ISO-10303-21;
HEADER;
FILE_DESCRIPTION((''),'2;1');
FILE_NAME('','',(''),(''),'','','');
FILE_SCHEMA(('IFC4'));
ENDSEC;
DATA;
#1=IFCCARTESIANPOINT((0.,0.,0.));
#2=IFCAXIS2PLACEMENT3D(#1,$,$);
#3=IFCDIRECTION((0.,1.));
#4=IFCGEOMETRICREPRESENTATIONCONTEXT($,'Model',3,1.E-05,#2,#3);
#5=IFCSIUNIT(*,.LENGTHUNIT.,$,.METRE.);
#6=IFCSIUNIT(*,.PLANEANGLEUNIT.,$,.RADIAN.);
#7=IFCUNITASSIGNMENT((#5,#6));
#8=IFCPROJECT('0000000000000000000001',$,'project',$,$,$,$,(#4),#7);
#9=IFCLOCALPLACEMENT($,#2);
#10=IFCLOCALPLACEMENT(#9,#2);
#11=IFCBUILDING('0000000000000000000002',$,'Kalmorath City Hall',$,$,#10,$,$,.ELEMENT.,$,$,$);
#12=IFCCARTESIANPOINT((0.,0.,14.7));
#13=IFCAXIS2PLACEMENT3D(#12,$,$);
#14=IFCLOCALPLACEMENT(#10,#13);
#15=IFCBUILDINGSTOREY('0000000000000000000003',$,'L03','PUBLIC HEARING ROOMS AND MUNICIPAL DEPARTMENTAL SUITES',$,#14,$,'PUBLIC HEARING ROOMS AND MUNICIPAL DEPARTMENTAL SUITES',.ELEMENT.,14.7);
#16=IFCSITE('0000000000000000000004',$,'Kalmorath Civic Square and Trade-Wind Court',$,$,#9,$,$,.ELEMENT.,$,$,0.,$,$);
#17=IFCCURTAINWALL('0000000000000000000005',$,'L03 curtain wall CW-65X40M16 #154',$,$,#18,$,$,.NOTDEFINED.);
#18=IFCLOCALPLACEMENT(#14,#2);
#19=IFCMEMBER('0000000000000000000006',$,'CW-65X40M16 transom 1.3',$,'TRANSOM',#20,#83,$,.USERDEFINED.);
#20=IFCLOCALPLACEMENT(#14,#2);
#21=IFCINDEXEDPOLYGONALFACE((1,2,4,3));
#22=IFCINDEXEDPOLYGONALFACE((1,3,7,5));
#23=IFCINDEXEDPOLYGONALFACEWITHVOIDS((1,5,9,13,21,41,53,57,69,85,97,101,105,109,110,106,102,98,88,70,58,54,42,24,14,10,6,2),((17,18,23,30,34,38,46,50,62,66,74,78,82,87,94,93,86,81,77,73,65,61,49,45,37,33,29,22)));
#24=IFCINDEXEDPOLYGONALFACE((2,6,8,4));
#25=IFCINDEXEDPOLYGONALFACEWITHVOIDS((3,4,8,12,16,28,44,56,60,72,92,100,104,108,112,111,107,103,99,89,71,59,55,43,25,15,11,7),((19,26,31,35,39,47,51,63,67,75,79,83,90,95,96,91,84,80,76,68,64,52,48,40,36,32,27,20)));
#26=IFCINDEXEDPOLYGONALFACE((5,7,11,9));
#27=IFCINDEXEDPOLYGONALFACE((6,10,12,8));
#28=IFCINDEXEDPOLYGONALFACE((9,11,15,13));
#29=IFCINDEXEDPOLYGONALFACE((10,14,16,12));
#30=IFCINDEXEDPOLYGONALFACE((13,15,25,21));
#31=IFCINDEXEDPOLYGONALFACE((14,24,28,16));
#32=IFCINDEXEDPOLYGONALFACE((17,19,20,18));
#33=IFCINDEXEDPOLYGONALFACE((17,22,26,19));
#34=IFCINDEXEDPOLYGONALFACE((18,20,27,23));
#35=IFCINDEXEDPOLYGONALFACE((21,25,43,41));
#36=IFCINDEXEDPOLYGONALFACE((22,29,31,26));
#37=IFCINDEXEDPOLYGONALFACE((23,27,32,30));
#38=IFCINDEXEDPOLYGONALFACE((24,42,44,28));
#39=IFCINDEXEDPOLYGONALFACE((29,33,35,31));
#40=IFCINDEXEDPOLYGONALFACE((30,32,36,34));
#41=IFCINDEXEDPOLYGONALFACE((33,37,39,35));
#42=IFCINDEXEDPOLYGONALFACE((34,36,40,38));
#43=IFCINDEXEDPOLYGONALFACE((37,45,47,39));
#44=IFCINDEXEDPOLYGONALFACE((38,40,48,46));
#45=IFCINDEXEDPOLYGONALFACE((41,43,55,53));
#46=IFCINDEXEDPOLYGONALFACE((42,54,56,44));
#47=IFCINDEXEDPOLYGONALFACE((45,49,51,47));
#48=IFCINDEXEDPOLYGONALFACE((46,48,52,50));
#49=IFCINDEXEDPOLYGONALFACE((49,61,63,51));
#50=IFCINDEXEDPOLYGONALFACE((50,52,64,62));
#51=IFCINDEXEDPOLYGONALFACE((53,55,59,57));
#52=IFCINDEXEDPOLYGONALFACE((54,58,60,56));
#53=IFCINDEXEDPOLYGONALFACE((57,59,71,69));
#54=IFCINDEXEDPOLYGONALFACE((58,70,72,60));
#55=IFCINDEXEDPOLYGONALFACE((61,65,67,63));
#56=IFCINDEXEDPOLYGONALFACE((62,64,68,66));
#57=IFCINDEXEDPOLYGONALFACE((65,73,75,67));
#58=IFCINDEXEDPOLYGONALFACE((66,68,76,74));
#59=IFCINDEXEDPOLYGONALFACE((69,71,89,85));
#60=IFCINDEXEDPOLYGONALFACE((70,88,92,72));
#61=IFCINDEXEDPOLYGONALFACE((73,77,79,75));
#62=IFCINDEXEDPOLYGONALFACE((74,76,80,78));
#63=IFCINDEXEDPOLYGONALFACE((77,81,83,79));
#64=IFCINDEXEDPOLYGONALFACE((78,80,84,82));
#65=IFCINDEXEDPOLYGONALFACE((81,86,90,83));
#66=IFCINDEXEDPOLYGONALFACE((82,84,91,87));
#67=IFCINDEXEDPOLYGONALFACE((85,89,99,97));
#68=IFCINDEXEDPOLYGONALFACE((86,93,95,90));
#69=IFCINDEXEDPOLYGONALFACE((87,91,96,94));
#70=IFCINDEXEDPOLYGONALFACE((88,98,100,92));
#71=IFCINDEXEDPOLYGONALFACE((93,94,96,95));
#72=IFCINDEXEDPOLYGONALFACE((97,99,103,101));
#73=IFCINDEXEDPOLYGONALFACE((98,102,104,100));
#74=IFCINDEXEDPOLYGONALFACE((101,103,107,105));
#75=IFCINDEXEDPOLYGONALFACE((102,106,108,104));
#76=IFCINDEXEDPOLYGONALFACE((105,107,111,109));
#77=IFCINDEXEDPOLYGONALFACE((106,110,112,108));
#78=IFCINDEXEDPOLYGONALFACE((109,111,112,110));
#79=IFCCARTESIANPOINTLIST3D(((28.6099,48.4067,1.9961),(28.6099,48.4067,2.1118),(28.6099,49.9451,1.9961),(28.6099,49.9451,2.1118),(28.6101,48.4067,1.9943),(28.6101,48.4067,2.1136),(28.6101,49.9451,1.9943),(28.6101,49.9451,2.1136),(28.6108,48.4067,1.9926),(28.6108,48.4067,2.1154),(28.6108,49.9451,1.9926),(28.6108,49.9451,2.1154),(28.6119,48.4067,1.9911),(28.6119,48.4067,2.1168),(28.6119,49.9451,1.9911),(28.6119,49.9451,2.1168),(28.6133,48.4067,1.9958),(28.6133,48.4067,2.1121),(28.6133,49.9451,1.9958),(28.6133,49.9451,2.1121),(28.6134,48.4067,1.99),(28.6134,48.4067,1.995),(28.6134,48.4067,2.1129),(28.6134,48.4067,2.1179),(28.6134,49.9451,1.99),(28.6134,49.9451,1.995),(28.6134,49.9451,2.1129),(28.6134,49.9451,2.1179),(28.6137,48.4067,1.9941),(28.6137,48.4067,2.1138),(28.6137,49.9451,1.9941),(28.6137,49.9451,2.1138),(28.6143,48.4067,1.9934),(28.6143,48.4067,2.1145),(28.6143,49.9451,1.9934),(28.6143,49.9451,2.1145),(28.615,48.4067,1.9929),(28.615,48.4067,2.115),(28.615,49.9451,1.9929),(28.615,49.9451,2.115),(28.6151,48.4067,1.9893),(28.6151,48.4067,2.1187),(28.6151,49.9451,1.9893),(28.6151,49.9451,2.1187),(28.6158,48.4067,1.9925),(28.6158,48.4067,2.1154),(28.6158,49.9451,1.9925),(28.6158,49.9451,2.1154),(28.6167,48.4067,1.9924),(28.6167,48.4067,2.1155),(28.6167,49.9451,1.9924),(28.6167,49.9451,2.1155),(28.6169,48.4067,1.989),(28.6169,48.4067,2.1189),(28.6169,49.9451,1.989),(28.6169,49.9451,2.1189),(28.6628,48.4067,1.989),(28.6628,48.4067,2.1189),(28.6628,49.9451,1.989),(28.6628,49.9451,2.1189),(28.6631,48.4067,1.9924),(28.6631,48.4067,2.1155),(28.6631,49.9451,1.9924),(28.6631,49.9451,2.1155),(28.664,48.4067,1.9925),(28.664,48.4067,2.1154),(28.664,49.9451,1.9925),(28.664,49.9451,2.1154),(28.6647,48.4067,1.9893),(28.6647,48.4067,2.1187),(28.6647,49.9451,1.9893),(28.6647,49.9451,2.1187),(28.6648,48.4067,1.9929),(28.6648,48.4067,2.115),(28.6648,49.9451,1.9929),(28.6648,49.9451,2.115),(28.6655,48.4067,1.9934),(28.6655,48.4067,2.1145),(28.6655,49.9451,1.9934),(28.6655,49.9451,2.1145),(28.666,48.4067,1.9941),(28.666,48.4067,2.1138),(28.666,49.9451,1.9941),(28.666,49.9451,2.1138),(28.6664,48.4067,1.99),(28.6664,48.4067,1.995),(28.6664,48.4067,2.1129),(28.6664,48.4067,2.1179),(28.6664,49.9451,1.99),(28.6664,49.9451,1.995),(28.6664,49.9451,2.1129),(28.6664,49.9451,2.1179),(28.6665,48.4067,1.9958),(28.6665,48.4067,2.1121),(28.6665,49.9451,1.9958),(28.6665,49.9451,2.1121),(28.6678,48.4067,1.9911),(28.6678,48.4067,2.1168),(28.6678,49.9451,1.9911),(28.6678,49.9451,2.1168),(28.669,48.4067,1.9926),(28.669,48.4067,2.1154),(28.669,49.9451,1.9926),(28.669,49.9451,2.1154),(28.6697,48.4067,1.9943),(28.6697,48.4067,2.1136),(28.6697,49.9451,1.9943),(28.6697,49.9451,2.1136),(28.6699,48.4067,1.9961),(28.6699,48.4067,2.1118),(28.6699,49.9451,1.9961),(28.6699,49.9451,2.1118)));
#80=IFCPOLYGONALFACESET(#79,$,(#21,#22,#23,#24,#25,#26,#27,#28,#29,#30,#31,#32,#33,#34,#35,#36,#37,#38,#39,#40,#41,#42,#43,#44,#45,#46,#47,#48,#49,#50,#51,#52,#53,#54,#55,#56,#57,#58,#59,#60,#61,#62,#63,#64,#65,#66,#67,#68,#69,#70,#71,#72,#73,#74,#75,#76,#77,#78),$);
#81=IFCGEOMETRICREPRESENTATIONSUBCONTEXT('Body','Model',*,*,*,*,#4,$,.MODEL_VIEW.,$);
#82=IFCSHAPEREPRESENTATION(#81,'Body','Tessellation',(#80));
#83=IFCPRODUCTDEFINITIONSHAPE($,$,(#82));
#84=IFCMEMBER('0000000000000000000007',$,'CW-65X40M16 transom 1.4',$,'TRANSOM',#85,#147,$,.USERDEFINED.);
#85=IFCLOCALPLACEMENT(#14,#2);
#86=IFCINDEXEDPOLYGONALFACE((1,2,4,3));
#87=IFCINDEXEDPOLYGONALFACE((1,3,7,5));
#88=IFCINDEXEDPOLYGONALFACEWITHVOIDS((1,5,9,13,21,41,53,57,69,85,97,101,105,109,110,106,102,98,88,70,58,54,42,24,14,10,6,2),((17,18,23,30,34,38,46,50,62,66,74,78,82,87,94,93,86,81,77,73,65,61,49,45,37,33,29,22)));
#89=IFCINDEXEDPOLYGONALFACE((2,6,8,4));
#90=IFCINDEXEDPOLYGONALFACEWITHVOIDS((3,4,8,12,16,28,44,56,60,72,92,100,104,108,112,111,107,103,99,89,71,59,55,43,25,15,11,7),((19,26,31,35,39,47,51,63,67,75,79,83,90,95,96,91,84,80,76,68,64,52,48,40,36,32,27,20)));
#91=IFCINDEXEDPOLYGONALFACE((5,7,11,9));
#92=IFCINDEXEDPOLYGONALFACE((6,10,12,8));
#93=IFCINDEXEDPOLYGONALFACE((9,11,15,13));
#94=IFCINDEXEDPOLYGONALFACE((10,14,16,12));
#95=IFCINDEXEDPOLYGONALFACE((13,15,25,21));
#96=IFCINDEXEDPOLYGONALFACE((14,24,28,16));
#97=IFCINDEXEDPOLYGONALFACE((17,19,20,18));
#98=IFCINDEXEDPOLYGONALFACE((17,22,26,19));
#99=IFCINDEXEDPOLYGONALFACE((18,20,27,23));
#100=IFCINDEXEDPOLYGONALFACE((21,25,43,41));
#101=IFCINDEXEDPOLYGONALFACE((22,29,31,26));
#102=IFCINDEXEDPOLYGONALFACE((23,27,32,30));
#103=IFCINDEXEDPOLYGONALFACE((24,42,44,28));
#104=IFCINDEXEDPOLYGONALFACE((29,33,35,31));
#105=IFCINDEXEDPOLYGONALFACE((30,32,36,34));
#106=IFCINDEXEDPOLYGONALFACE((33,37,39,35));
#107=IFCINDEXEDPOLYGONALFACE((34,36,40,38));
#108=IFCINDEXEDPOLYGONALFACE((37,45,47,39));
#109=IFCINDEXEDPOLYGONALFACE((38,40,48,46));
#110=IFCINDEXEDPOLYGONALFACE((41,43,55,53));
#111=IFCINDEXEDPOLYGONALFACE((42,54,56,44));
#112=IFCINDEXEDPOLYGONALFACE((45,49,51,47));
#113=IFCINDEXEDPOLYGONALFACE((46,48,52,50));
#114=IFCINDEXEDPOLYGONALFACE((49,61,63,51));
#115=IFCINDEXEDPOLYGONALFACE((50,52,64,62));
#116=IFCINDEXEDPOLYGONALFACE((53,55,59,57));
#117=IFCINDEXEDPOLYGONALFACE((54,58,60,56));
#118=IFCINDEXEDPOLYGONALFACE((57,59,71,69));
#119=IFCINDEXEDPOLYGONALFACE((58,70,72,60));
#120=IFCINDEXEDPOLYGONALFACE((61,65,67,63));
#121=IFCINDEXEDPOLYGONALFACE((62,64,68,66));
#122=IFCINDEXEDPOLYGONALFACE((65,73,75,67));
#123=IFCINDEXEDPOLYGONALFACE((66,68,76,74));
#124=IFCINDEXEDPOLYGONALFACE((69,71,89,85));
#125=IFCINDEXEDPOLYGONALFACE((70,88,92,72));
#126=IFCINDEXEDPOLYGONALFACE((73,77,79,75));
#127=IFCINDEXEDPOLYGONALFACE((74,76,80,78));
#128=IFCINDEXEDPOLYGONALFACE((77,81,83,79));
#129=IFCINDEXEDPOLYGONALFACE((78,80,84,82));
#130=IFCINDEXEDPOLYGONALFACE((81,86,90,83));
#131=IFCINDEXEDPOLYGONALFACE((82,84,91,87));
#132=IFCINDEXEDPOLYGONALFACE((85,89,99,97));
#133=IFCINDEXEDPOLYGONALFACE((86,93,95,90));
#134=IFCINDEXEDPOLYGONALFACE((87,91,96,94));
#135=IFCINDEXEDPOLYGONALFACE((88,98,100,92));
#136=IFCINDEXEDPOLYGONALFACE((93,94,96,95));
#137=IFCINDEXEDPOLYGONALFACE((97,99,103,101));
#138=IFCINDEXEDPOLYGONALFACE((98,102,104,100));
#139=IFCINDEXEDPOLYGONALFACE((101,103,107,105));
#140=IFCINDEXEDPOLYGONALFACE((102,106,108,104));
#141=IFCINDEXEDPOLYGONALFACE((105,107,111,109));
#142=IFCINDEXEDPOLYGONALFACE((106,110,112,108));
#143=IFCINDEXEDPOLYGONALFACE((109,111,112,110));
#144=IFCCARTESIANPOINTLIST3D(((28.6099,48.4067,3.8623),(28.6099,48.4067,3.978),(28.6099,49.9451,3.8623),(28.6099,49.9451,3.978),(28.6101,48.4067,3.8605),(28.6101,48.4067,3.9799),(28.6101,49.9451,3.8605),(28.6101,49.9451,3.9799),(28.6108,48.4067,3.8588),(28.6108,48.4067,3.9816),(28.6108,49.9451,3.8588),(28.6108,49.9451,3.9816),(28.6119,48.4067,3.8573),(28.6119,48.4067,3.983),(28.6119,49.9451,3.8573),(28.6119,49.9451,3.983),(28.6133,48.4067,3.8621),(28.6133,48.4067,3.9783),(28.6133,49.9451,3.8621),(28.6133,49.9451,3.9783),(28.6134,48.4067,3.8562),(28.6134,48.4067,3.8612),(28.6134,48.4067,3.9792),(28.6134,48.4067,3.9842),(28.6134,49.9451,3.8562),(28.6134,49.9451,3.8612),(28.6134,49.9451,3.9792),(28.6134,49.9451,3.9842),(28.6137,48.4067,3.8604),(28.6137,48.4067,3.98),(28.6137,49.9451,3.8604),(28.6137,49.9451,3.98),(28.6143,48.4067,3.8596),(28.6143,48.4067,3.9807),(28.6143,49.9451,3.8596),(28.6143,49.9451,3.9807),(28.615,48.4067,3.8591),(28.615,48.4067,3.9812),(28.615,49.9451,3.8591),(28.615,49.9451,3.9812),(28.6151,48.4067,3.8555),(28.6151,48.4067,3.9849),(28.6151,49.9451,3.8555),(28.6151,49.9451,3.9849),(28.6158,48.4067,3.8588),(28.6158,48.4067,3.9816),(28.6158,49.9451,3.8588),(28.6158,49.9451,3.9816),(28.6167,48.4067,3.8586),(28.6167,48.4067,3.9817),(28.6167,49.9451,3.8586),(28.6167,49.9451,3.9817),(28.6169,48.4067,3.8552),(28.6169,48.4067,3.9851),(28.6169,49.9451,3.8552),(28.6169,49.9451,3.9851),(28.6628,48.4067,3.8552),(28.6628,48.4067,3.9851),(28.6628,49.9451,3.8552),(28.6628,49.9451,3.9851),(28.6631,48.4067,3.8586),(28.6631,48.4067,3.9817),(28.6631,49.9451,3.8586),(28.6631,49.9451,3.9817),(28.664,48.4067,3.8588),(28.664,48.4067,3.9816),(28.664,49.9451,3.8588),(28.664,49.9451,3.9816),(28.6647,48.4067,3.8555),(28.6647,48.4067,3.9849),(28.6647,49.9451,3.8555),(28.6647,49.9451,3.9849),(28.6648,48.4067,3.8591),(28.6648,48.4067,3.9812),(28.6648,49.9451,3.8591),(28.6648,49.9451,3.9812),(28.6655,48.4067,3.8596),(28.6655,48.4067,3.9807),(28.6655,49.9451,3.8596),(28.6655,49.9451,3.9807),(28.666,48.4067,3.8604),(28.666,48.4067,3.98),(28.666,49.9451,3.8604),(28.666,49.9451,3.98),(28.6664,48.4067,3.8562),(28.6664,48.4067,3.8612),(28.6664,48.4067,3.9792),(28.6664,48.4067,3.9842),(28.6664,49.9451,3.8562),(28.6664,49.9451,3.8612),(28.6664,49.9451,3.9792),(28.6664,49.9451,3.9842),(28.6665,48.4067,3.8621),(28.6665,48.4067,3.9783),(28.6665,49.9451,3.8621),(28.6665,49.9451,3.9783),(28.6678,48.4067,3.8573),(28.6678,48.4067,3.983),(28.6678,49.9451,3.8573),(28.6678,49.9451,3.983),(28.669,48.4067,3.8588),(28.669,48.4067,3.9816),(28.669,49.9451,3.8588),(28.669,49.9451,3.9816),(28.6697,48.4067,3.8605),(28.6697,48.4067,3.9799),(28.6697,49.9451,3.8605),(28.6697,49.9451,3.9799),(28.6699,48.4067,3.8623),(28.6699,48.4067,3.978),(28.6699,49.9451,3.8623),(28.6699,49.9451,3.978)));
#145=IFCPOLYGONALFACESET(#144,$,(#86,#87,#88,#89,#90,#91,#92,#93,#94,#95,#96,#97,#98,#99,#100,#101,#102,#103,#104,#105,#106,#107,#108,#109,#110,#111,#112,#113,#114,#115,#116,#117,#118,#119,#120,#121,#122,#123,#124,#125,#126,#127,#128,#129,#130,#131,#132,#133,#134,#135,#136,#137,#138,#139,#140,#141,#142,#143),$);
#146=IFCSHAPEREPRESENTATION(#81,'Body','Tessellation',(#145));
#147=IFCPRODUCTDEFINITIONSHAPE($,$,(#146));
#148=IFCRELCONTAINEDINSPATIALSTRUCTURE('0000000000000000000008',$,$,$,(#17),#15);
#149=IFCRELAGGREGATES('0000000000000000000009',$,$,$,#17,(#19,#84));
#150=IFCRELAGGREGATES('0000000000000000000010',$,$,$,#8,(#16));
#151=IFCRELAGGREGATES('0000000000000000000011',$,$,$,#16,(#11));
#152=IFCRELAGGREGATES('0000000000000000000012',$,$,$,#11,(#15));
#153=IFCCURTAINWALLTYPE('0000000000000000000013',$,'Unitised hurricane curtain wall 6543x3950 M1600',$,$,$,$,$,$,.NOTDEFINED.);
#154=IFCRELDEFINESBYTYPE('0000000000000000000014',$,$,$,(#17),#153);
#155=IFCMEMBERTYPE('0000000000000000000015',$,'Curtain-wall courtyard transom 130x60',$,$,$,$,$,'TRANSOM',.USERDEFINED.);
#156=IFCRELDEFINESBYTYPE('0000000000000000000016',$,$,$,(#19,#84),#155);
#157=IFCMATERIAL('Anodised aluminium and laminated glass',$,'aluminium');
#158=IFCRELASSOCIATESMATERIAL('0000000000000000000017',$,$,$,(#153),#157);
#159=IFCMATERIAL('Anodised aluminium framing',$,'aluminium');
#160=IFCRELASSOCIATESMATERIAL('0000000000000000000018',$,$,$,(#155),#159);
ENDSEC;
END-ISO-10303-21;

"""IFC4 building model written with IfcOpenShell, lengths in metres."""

from ifc_helpers import new_model, si_unit, direction, frame, origin, origin_2d, place, context, subcontext, project, spatial, hollow_rectangle, extrude, material, material_profile, profile_set, type_object, element, aggregate, save


model = new_model("IFC4")

# Units and contexts
model_context = context("Model", 3, precision=1e-05, world=origin(), true_north=direction((0.0, 1.0)))
body_context = subcontext(model_context, "Body", "Model", "MODEL_VIEW")
ifc_project = project(units=[si_unit("LENGTHUNIT", "METRE"), si_unit("PLANEANGLEUNIT", "RADIAN")], contexts=[model_context])

# Site, building, storey
site_placement = place(None, origin())
site = spatial("IfcSite", under=ifc_project, at=site_placement, Name="Kalmorath Civic Square and Trade-Wind Court", CompositionType="ELEMENT", RefElevation=0.0)
building_placement = place(site_placement, origin())
building = spatial("IfcBuilding", under=site, at=building_placement, Name="Kalmorath City Hall", CompositionType="ELEMENT")
storey_placement = place(building_placement, frame((0.0, 0.0, 14.7)))
storey = spatial("IfcBuildingStorey", under=building, at=storey_placement, Name="L03", Description="PUBLIC HEARING ROOMS AND MUNICIPAL DEPARTMENTAL SUITES", LongName="PUBLIC HEARING ROOMS AND MUNICIPAL DEPARTMENTAL SUITES", CompositionType="ELEMENT", Elevation=14.7)

# Curtain wall, members
ifc_material_1 = material(Name="Anodised aluminium and laminated glass", Category="aluminium")
curtain_wall_type = type_object("IfcCurtainWallType", Name="Unitised hurricane curtain wall 6543x3950 M1600", PredefinedType="NOTDEFINED", material=ifc_material_1)
curtain_wall_placement = place(storey_placement, origin())
curtain_wall = element("IfcCurtainWall", 1, at=curtain_wall_placement, inside=storey, type_object=curtain_wall_type, Name="L03 curtain wall CW-65X40M16 #154", PredefinedType="NOTDEFINED")
ifc_material_2 = material(Name="Anodised aluminium framing", Category="aluminium")
ifc_material_profile_1 = material_profile(ifc_material_2, hollow_rectangle(XDim=0.0601, YDim=0.1299, WallThickness=0.0034, InnerFilletRadius=0.0034, OuterFilletRadius=0.0071, at=origin_2d()), Name="ALU-TRN-130X60X3.5")
ifc_profile_set_1 = profile_set([ifc_material_profile_1], Name="Anodised aluminium framing")
member_type_1 = type_object("IfcMemberType", Name="Curtain-wall courtyard transom 130x60", ElementType="TRANSOM", PredefinedType="USERDEFINED", material=ifc_profile_set_1)
member_1_placement = place(storey_placement, frame((28.6399, 49.9451, 2.054), z_axis=(0.0, -1.0, 0.0), x_axis=(1.0, 0.0, 0.0)))
member_1 = element("IfcMember", 2, at=member_1_placement, type_object=member_type_1, Name="CW-65X40M16 transom 1.3", ObjectType="TRANSOM", PredefinedType="USERDEFINED", context=body_context, shape_type="SweptSolid", body=[
    extrude(hollow_rectangle(XDim=0.0601, YDim=0.1299, WallThickness=0.0034, InnerFilletRadius=0.0034, OuterFilletRadius=0.0071, at=origin_2d()), origin(), (0.0, 0.0, 1.0), 1.5383),
])
member_2_placement = place(storey_placement, frame((28.6399, 49.9451, 3.9202), z_axis=(0.0, -1.0, 0.0), x_axis=(1.0, 0.0, 0.0)))
member_2 = element("IfcMember", 3, at=member_2_placement, type_object=member_type_1, Name="CW-65X40M16 transom 1.4", ObjectType="TRANSOM", PredefinedType="USERDEFINED", context=body_context, shape_type="SweptSolid", body=[
    extrude(hollow_rectangle(XDim=0.0601, YDim=0.1299, WallThickness=0.0034, InnerFilletRadius=0.0034, OuterFilletRadius=0.0071, at=origin_2d()), origin(), (0.0, 0.0, 1.0), 1.5383),
])

aggregate(curtain_wall, [member_1, member_2])

save(model, "model.ifc")
